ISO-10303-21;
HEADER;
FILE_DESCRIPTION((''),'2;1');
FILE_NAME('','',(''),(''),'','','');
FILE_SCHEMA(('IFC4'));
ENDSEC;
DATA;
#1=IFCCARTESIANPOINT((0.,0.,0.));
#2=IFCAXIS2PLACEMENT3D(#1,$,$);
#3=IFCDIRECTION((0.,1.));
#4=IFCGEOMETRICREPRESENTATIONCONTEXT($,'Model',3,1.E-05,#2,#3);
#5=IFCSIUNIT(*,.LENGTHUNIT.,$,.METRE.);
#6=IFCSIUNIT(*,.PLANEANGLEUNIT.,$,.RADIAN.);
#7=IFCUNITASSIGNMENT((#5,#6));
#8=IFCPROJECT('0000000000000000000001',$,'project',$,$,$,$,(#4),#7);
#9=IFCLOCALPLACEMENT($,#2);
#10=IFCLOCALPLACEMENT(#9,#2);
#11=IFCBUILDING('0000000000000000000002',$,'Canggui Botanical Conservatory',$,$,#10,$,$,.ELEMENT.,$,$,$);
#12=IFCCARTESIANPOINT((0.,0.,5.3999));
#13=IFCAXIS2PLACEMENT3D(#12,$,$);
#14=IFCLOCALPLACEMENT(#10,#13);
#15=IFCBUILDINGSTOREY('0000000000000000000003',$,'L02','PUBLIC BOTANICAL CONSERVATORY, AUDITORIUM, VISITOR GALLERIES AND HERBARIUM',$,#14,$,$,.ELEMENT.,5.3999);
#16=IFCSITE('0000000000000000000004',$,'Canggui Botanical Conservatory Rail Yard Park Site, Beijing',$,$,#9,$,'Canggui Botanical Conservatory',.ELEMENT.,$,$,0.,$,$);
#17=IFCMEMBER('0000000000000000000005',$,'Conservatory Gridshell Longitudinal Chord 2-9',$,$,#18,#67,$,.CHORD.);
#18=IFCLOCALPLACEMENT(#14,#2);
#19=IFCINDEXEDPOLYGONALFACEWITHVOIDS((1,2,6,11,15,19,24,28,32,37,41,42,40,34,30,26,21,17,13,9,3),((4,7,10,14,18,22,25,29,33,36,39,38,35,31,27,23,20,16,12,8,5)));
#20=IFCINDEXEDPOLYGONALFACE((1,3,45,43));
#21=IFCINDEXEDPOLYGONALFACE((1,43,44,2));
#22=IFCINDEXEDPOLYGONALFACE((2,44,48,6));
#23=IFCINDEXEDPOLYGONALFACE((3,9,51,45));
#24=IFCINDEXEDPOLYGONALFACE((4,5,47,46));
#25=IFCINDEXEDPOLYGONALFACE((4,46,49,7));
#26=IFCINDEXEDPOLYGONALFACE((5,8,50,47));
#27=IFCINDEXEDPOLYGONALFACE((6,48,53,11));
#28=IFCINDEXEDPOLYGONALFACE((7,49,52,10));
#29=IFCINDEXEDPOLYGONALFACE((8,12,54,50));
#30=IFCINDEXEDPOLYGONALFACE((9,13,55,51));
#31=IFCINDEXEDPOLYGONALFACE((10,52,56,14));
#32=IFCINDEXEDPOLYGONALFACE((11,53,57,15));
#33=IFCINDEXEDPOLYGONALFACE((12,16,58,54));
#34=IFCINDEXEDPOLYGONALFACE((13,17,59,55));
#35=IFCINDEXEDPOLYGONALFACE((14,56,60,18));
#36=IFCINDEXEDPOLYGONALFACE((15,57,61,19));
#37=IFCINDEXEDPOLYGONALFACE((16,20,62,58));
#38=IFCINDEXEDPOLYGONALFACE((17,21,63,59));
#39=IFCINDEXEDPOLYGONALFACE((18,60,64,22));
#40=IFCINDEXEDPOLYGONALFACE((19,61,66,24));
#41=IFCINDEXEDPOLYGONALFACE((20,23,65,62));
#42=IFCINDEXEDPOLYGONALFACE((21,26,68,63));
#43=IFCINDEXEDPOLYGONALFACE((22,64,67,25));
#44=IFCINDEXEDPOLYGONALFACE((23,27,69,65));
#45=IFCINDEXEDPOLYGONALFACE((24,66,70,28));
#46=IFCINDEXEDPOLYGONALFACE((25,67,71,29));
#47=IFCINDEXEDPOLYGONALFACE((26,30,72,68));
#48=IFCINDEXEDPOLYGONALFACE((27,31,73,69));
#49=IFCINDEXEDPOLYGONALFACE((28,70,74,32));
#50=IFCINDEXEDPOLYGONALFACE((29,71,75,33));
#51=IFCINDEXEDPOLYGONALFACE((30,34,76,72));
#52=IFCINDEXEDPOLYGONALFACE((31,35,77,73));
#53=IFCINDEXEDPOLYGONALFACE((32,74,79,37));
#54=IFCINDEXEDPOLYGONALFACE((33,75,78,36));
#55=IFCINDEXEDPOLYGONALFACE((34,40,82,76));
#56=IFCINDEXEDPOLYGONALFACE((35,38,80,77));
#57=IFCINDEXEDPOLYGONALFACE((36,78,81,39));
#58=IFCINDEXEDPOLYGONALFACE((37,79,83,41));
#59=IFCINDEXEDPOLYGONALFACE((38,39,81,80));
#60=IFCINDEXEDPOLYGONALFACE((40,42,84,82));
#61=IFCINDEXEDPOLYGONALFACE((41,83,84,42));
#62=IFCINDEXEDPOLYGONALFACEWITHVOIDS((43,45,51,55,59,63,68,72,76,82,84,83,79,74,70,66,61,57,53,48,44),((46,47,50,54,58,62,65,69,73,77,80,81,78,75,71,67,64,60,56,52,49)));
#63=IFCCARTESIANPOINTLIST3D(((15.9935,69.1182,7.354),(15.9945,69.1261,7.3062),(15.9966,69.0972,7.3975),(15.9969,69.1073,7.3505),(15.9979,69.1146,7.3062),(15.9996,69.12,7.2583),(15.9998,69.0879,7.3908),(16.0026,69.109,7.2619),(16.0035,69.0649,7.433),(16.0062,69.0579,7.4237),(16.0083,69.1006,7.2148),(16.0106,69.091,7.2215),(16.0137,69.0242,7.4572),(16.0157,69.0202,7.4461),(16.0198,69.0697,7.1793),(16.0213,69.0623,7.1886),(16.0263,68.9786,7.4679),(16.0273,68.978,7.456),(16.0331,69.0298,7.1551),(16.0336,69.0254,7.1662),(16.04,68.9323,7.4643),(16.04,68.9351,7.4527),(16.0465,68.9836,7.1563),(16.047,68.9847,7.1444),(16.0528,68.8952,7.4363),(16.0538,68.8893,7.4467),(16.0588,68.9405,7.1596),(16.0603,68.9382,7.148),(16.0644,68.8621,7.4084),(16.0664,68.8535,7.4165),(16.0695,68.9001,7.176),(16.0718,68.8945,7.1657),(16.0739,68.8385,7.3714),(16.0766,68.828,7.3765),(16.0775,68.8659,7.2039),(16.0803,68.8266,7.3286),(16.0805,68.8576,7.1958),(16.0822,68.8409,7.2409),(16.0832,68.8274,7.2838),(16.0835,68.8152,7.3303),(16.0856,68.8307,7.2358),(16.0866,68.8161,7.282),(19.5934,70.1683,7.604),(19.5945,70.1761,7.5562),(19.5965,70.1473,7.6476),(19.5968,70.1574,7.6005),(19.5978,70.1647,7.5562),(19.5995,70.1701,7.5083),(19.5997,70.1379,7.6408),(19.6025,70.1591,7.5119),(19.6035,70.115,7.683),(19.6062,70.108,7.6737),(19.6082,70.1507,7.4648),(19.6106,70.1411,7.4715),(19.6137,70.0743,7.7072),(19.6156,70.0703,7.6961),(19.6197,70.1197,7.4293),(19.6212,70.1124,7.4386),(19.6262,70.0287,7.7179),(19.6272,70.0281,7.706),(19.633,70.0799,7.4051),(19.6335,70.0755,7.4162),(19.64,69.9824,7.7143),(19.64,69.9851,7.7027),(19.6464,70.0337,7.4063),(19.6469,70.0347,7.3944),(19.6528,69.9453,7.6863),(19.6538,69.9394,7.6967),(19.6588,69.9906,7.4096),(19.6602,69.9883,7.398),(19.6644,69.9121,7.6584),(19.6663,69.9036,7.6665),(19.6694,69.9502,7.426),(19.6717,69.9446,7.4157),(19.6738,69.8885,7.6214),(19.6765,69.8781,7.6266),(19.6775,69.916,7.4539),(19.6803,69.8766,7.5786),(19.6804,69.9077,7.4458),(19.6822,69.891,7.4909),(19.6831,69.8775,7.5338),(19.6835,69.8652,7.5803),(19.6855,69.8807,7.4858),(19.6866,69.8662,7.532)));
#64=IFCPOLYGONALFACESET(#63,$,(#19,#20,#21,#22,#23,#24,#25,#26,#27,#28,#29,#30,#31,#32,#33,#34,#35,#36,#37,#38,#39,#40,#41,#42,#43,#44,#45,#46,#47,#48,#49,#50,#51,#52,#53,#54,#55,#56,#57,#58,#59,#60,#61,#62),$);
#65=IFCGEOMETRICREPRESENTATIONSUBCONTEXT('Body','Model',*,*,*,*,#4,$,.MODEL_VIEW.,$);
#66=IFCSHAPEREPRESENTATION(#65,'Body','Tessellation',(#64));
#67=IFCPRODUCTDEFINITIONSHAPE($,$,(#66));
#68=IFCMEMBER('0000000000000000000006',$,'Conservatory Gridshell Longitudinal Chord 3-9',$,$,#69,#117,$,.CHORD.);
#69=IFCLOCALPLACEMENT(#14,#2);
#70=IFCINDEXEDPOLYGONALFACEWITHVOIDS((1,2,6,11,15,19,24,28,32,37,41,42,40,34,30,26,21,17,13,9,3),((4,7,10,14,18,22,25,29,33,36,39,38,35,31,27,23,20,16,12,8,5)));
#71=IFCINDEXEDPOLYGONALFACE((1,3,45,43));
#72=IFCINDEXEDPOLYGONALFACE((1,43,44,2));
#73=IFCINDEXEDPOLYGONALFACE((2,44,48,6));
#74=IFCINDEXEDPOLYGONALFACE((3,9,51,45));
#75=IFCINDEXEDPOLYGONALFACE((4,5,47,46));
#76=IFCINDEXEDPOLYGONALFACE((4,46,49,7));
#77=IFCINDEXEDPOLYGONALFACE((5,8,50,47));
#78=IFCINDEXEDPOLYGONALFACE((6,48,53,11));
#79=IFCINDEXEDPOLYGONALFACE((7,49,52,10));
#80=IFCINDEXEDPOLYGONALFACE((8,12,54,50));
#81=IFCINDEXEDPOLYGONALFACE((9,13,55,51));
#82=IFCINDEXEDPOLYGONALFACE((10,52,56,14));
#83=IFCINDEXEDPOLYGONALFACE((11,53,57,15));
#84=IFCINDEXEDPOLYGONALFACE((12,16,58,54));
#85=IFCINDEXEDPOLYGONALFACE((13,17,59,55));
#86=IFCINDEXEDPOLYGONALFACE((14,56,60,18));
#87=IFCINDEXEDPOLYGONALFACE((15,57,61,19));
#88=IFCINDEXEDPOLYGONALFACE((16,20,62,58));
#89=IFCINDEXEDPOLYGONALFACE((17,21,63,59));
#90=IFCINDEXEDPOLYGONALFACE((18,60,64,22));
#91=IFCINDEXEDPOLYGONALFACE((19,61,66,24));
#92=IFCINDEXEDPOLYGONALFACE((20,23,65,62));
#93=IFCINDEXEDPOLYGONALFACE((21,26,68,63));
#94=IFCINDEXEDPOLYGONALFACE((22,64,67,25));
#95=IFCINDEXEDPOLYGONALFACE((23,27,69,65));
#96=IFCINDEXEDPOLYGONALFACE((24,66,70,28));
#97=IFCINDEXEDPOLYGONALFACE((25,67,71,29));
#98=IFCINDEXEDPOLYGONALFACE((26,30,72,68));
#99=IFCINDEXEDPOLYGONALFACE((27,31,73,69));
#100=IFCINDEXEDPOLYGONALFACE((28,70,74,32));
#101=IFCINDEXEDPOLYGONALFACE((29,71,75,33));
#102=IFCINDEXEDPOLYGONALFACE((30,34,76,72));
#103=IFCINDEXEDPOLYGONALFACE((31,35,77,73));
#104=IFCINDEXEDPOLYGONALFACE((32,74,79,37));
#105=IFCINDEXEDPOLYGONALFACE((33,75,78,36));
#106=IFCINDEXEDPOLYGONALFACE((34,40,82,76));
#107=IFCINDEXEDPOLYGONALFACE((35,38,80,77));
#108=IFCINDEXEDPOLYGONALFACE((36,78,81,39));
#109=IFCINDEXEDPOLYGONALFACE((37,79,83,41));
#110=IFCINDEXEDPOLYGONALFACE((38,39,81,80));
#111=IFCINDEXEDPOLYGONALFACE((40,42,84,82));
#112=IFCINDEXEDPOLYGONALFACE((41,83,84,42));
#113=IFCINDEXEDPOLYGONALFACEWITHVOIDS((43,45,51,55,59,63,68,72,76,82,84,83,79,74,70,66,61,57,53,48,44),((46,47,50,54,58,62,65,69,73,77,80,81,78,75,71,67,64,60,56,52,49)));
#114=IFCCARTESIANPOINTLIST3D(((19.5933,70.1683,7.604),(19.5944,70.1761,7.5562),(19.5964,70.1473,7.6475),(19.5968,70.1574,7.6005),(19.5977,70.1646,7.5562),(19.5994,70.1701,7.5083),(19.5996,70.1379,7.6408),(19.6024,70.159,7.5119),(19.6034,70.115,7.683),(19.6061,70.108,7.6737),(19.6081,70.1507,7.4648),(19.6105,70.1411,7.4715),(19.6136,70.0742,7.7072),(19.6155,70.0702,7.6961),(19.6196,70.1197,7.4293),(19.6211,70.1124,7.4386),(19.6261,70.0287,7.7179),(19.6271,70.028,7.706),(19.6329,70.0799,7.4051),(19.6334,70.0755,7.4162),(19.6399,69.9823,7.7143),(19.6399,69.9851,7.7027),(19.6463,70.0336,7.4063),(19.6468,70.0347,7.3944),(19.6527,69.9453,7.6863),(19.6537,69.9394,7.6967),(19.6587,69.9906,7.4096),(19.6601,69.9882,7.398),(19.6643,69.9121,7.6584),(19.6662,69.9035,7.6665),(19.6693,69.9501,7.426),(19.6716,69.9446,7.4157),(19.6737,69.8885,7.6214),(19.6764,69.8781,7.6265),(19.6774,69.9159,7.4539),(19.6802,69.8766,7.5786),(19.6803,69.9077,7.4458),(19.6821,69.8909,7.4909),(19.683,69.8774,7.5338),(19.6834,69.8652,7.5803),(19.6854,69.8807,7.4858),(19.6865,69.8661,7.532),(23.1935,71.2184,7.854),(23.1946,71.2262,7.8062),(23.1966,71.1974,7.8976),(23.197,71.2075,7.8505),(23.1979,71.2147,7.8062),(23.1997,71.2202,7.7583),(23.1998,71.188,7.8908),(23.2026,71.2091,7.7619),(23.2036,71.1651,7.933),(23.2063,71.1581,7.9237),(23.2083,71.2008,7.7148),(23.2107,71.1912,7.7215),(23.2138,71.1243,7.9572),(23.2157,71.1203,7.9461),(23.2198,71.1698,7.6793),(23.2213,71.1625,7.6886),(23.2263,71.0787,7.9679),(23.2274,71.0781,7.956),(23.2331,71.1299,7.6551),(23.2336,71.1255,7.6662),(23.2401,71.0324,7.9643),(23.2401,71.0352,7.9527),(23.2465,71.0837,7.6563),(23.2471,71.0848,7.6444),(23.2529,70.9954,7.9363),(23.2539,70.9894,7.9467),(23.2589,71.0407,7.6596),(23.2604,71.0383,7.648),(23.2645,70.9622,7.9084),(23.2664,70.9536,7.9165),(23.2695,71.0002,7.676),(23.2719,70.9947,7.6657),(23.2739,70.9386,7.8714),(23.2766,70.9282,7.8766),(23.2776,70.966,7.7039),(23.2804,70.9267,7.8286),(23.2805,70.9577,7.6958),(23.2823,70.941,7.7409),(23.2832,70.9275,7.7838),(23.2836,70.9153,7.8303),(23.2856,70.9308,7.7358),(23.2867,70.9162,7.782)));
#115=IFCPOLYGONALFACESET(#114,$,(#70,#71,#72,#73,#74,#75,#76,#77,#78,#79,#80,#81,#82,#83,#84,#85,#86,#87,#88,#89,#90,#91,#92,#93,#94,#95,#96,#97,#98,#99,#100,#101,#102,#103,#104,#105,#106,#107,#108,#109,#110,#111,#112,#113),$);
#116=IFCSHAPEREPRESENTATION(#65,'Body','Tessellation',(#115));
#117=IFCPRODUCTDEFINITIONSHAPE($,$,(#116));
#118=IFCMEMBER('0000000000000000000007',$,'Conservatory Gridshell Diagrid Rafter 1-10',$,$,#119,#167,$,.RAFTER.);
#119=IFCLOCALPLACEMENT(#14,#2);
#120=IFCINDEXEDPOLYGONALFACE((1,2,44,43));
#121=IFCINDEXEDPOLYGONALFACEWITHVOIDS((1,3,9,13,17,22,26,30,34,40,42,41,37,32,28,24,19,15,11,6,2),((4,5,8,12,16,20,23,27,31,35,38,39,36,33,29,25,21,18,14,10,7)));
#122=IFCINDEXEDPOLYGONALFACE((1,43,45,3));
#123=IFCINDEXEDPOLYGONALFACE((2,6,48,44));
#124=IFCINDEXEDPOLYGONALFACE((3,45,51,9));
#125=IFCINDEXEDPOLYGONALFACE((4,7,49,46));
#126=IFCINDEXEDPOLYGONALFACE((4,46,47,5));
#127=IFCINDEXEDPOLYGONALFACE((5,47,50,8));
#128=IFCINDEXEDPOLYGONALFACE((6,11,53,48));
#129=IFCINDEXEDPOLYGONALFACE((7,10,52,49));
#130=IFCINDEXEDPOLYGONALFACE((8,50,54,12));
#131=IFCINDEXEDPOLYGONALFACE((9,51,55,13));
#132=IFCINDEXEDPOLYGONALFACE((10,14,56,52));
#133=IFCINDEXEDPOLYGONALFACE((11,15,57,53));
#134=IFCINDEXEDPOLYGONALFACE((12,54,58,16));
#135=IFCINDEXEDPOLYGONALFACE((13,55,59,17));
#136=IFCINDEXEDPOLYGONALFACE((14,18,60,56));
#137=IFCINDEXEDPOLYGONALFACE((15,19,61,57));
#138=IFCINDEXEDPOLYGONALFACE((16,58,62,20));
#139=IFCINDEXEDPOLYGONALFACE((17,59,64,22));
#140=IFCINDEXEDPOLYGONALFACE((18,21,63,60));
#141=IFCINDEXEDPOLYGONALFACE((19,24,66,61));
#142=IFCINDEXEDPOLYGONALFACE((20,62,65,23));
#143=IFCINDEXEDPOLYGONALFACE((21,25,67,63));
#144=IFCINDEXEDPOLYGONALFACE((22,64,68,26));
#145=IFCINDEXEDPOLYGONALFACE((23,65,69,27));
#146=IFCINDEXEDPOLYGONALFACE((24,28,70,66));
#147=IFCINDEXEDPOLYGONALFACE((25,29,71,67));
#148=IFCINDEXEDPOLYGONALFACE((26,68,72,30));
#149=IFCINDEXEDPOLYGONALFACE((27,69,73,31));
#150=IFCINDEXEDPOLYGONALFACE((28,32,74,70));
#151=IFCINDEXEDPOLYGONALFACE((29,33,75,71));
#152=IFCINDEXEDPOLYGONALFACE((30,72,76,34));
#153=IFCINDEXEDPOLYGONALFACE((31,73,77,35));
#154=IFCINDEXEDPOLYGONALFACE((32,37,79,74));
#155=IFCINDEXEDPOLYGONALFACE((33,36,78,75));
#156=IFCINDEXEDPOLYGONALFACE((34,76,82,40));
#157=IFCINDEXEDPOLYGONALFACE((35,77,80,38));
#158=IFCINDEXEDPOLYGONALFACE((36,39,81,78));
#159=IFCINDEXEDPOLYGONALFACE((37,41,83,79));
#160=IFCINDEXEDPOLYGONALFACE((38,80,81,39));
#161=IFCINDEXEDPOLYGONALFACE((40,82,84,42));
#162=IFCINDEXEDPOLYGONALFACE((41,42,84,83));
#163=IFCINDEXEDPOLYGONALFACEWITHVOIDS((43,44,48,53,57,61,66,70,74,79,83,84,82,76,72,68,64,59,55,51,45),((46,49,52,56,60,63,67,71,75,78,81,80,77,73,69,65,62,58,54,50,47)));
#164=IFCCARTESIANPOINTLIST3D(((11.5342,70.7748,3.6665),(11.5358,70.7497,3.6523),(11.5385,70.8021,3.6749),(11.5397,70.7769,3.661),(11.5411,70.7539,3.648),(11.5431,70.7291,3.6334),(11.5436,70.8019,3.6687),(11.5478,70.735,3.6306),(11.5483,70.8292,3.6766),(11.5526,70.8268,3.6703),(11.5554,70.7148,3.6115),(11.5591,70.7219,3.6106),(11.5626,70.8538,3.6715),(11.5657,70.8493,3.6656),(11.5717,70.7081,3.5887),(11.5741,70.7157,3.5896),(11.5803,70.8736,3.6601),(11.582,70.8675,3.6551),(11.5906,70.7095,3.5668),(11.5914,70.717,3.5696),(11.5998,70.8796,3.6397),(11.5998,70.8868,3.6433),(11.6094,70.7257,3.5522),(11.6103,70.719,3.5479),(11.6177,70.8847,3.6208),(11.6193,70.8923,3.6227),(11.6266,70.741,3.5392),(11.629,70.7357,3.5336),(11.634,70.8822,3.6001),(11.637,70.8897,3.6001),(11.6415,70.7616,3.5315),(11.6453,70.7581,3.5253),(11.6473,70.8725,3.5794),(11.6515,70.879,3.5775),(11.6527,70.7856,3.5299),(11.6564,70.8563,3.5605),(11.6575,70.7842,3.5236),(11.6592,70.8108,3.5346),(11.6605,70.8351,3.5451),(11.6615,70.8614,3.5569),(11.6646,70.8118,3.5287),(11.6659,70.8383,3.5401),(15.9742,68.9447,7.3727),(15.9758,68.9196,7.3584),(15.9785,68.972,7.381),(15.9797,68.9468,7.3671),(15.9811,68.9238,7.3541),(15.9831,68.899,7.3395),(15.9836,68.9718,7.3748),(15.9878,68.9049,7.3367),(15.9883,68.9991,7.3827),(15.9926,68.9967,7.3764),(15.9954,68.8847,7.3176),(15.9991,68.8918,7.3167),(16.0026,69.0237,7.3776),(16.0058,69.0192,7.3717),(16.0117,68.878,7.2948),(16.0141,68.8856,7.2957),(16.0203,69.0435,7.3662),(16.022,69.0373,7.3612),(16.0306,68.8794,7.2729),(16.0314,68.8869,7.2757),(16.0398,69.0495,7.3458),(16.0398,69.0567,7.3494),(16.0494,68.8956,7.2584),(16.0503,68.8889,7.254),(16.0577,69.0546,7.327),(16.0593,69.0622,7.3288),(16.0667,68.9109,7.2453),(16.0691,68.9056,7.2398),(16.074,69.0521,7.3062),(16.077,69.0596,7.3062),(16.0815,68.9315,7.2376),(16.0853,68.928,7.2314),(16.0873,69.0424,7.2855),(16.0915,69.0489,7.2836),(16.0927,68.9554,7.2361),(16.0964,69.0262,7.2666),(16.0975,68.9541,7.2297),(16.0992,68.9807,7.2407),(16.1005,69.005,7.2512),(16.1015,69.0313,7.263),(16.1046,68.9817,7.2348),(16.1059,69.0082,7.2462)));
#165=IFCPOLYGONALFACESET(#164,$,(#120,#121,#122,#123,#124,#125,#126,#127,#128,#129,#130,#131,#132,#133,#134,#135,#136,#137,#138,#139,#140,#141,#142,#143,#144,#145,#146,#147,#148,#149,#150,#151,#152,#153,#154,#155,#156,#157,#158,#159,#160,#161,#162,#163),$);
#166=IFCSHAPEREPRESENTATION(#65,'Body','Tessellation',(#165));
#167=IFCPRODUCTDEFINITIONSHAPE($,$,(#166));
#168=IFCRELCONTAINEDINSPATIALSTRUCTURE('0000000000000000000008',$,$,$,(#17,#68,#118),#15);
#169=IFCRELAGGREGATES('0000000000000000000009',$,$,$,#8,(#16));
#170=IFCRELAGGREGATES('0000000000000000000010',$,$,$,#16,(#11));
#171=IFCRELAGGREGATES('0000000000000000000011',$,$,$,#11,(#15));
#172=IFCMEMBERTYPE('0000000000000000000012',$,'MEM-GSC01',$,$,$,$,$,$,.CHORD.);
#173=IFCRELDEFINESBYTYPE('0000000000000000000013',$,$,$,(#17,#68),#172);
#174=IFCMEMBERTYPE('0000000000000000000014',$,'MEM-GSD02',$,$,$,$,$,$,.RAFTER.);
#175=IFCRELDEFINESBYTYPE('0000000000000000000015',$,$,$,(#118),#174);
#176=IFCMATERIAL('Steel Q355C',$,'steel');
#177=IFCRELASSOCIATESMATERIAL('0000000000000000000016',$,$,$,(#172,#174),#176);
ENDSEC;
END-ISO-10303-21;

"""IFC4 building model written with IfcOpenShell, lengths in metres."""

from ifc_helpers import new_model, si_unit, direction, frame, origin, origin_2d, place, context, subcontext, project, spatial, hollow_circle, extrude, material, material_profile, profile_set, type_object, element, save


model = new_model("IFC4")

# Units and contexts
model_context = context("Model", 3, precision=1e-05, world=origin(), true_north=direction((0.0, 1.0)))
body_context = subcontext(model_context, "Body", "Model", "MODEL_VIEW")
ifc_project = project(units=[si_unit("LENGTHUNIT", "METRE"), si_unit("PLANEANGLEUNIT", "RADIAN")], contexts=[model_context])

# Site, building, storey
site_placement = place(None, origin())
site = spatial("IfcSite", under=ifc_project, at=site_placement, Name="Canggui Botanical Conservatory Rail Yard Park Site, Beijing", LongName="Canggui Botanical Conservatory", CompositionType="ELEMENT", RefElevation=0.0)
building_placement = place(site_placement, origin())
building = spatial("IfcBuilding", under=site, at=building_placement, Name="Canggui Botanical Conservatory", CompositionType="ELEMENT")
storey_placement = place(building_placement, frame((0.0, 0.0, 5.3999)))
storey = spatial("IfcBuildingStorey", under=building, at=storey_placement, Name="L02", Description="PUBLIC BOTANICAL CONSERVATORY, AUDITORIUM, VISITOR GALLERIES AND HERBARIUM", CompositionType="ELEMENT", Elevation=5.3999)

# Shared definitions
ifc_material_1 = material(Name="Steel Q355C", Category="steel")

# Members
ifc_material_profile_1 = material_profile(ifc_material_1, hollow_circle(Radius=0.1626, WallThickness=0.012, at=origin_2d()), Name="CHS 325x12")
ifc_profile_set_1 = profile_set([ifc_material_profile_1], Name="Steel Q355C")
member_type_1 = type_object("IfcMemberType", Name="MEM-GSC01", PredefinedType="CHORD", material=ifc_profile_set_1)
member_1_placement = place(storey_placement, frame((16.04, 68.97, 7.3062), z_axis=(0.957867, 0.279402, 0.066521), x_axis=(-0.280023, 0.959993, 0.0)))
element("IfcMember", 1, at=member_1_placement, inside=storey, type_object=member_type_1, Name="Conservatory Gridshell Longitudinal Chord 2-9", PredefinedType="CHORD", context=body_context, shape_type="SweptSolid", body=[
    extrude(hollow_circle(Radius=0.1626, WallThickness=0.012, at=origin_2d()), origin(), (0.0, 0.0, 1.0), 3.7583),
])
member_2_placement = place(storey_placement, frame((19.6399, 70.02, 7.5562), z_axis=(0.957872, 0.279385, 0.066517), x_axis=(-0.280005, 0.959999, 0.0)))
element("IfcMember", 2, at=member_2_placement, inside=storey, type_object=member_type_1, Name="Conservatory Gridshell Longitudinal Chord 3-9", PredefinedType="CHORD", context=body_context, shape_type="SweptSolid", body=[
    extrude(hollow_circle(Radius=0.1626, WallThickness=0.012, at=origin_2d()), origin(), (0.0, 0.0, 1.0), 3.7585),
])
ifc_material_profile_2 = material_profile(ifc_material_1, hollow_circle(Radius=0.0969, WallThickness=0.0081, at=origin_2d()), Name="CHS 194x8")
ifc_profile_set_2 = profile_set([ifc_material_profile_2], Name="Steel Q355C")
member_type_2 = type_object("IfcMemberType", Name="MEM-GSD02", PredefinedType="RAFTER", material=ifc_profile_set_2)
member_3_placement = place(storey_placement, frame((11.6001, 70.8, 3.6001), z_axis=(0.731931, -0.301691, 0.610949), x_axis=(0.381082, 0.924541, 0.0)))
element("IfcMember", 3, at=member_3_placement, inside=storey, type_object=member_type_2, Name="Conservatory Gridshell Diagrid Rafter 1-10", PredefinedType="RAFTER", context=body_context, shape_type="SweptSolid", body=[
    extrude(hollow_circle(Radius=0.0969, WallThickness=0.0081, at=origin_2d()), origin(), (0.0, 0.0, 1.0), 6.0662),
])

save(model, "model.ifc")
